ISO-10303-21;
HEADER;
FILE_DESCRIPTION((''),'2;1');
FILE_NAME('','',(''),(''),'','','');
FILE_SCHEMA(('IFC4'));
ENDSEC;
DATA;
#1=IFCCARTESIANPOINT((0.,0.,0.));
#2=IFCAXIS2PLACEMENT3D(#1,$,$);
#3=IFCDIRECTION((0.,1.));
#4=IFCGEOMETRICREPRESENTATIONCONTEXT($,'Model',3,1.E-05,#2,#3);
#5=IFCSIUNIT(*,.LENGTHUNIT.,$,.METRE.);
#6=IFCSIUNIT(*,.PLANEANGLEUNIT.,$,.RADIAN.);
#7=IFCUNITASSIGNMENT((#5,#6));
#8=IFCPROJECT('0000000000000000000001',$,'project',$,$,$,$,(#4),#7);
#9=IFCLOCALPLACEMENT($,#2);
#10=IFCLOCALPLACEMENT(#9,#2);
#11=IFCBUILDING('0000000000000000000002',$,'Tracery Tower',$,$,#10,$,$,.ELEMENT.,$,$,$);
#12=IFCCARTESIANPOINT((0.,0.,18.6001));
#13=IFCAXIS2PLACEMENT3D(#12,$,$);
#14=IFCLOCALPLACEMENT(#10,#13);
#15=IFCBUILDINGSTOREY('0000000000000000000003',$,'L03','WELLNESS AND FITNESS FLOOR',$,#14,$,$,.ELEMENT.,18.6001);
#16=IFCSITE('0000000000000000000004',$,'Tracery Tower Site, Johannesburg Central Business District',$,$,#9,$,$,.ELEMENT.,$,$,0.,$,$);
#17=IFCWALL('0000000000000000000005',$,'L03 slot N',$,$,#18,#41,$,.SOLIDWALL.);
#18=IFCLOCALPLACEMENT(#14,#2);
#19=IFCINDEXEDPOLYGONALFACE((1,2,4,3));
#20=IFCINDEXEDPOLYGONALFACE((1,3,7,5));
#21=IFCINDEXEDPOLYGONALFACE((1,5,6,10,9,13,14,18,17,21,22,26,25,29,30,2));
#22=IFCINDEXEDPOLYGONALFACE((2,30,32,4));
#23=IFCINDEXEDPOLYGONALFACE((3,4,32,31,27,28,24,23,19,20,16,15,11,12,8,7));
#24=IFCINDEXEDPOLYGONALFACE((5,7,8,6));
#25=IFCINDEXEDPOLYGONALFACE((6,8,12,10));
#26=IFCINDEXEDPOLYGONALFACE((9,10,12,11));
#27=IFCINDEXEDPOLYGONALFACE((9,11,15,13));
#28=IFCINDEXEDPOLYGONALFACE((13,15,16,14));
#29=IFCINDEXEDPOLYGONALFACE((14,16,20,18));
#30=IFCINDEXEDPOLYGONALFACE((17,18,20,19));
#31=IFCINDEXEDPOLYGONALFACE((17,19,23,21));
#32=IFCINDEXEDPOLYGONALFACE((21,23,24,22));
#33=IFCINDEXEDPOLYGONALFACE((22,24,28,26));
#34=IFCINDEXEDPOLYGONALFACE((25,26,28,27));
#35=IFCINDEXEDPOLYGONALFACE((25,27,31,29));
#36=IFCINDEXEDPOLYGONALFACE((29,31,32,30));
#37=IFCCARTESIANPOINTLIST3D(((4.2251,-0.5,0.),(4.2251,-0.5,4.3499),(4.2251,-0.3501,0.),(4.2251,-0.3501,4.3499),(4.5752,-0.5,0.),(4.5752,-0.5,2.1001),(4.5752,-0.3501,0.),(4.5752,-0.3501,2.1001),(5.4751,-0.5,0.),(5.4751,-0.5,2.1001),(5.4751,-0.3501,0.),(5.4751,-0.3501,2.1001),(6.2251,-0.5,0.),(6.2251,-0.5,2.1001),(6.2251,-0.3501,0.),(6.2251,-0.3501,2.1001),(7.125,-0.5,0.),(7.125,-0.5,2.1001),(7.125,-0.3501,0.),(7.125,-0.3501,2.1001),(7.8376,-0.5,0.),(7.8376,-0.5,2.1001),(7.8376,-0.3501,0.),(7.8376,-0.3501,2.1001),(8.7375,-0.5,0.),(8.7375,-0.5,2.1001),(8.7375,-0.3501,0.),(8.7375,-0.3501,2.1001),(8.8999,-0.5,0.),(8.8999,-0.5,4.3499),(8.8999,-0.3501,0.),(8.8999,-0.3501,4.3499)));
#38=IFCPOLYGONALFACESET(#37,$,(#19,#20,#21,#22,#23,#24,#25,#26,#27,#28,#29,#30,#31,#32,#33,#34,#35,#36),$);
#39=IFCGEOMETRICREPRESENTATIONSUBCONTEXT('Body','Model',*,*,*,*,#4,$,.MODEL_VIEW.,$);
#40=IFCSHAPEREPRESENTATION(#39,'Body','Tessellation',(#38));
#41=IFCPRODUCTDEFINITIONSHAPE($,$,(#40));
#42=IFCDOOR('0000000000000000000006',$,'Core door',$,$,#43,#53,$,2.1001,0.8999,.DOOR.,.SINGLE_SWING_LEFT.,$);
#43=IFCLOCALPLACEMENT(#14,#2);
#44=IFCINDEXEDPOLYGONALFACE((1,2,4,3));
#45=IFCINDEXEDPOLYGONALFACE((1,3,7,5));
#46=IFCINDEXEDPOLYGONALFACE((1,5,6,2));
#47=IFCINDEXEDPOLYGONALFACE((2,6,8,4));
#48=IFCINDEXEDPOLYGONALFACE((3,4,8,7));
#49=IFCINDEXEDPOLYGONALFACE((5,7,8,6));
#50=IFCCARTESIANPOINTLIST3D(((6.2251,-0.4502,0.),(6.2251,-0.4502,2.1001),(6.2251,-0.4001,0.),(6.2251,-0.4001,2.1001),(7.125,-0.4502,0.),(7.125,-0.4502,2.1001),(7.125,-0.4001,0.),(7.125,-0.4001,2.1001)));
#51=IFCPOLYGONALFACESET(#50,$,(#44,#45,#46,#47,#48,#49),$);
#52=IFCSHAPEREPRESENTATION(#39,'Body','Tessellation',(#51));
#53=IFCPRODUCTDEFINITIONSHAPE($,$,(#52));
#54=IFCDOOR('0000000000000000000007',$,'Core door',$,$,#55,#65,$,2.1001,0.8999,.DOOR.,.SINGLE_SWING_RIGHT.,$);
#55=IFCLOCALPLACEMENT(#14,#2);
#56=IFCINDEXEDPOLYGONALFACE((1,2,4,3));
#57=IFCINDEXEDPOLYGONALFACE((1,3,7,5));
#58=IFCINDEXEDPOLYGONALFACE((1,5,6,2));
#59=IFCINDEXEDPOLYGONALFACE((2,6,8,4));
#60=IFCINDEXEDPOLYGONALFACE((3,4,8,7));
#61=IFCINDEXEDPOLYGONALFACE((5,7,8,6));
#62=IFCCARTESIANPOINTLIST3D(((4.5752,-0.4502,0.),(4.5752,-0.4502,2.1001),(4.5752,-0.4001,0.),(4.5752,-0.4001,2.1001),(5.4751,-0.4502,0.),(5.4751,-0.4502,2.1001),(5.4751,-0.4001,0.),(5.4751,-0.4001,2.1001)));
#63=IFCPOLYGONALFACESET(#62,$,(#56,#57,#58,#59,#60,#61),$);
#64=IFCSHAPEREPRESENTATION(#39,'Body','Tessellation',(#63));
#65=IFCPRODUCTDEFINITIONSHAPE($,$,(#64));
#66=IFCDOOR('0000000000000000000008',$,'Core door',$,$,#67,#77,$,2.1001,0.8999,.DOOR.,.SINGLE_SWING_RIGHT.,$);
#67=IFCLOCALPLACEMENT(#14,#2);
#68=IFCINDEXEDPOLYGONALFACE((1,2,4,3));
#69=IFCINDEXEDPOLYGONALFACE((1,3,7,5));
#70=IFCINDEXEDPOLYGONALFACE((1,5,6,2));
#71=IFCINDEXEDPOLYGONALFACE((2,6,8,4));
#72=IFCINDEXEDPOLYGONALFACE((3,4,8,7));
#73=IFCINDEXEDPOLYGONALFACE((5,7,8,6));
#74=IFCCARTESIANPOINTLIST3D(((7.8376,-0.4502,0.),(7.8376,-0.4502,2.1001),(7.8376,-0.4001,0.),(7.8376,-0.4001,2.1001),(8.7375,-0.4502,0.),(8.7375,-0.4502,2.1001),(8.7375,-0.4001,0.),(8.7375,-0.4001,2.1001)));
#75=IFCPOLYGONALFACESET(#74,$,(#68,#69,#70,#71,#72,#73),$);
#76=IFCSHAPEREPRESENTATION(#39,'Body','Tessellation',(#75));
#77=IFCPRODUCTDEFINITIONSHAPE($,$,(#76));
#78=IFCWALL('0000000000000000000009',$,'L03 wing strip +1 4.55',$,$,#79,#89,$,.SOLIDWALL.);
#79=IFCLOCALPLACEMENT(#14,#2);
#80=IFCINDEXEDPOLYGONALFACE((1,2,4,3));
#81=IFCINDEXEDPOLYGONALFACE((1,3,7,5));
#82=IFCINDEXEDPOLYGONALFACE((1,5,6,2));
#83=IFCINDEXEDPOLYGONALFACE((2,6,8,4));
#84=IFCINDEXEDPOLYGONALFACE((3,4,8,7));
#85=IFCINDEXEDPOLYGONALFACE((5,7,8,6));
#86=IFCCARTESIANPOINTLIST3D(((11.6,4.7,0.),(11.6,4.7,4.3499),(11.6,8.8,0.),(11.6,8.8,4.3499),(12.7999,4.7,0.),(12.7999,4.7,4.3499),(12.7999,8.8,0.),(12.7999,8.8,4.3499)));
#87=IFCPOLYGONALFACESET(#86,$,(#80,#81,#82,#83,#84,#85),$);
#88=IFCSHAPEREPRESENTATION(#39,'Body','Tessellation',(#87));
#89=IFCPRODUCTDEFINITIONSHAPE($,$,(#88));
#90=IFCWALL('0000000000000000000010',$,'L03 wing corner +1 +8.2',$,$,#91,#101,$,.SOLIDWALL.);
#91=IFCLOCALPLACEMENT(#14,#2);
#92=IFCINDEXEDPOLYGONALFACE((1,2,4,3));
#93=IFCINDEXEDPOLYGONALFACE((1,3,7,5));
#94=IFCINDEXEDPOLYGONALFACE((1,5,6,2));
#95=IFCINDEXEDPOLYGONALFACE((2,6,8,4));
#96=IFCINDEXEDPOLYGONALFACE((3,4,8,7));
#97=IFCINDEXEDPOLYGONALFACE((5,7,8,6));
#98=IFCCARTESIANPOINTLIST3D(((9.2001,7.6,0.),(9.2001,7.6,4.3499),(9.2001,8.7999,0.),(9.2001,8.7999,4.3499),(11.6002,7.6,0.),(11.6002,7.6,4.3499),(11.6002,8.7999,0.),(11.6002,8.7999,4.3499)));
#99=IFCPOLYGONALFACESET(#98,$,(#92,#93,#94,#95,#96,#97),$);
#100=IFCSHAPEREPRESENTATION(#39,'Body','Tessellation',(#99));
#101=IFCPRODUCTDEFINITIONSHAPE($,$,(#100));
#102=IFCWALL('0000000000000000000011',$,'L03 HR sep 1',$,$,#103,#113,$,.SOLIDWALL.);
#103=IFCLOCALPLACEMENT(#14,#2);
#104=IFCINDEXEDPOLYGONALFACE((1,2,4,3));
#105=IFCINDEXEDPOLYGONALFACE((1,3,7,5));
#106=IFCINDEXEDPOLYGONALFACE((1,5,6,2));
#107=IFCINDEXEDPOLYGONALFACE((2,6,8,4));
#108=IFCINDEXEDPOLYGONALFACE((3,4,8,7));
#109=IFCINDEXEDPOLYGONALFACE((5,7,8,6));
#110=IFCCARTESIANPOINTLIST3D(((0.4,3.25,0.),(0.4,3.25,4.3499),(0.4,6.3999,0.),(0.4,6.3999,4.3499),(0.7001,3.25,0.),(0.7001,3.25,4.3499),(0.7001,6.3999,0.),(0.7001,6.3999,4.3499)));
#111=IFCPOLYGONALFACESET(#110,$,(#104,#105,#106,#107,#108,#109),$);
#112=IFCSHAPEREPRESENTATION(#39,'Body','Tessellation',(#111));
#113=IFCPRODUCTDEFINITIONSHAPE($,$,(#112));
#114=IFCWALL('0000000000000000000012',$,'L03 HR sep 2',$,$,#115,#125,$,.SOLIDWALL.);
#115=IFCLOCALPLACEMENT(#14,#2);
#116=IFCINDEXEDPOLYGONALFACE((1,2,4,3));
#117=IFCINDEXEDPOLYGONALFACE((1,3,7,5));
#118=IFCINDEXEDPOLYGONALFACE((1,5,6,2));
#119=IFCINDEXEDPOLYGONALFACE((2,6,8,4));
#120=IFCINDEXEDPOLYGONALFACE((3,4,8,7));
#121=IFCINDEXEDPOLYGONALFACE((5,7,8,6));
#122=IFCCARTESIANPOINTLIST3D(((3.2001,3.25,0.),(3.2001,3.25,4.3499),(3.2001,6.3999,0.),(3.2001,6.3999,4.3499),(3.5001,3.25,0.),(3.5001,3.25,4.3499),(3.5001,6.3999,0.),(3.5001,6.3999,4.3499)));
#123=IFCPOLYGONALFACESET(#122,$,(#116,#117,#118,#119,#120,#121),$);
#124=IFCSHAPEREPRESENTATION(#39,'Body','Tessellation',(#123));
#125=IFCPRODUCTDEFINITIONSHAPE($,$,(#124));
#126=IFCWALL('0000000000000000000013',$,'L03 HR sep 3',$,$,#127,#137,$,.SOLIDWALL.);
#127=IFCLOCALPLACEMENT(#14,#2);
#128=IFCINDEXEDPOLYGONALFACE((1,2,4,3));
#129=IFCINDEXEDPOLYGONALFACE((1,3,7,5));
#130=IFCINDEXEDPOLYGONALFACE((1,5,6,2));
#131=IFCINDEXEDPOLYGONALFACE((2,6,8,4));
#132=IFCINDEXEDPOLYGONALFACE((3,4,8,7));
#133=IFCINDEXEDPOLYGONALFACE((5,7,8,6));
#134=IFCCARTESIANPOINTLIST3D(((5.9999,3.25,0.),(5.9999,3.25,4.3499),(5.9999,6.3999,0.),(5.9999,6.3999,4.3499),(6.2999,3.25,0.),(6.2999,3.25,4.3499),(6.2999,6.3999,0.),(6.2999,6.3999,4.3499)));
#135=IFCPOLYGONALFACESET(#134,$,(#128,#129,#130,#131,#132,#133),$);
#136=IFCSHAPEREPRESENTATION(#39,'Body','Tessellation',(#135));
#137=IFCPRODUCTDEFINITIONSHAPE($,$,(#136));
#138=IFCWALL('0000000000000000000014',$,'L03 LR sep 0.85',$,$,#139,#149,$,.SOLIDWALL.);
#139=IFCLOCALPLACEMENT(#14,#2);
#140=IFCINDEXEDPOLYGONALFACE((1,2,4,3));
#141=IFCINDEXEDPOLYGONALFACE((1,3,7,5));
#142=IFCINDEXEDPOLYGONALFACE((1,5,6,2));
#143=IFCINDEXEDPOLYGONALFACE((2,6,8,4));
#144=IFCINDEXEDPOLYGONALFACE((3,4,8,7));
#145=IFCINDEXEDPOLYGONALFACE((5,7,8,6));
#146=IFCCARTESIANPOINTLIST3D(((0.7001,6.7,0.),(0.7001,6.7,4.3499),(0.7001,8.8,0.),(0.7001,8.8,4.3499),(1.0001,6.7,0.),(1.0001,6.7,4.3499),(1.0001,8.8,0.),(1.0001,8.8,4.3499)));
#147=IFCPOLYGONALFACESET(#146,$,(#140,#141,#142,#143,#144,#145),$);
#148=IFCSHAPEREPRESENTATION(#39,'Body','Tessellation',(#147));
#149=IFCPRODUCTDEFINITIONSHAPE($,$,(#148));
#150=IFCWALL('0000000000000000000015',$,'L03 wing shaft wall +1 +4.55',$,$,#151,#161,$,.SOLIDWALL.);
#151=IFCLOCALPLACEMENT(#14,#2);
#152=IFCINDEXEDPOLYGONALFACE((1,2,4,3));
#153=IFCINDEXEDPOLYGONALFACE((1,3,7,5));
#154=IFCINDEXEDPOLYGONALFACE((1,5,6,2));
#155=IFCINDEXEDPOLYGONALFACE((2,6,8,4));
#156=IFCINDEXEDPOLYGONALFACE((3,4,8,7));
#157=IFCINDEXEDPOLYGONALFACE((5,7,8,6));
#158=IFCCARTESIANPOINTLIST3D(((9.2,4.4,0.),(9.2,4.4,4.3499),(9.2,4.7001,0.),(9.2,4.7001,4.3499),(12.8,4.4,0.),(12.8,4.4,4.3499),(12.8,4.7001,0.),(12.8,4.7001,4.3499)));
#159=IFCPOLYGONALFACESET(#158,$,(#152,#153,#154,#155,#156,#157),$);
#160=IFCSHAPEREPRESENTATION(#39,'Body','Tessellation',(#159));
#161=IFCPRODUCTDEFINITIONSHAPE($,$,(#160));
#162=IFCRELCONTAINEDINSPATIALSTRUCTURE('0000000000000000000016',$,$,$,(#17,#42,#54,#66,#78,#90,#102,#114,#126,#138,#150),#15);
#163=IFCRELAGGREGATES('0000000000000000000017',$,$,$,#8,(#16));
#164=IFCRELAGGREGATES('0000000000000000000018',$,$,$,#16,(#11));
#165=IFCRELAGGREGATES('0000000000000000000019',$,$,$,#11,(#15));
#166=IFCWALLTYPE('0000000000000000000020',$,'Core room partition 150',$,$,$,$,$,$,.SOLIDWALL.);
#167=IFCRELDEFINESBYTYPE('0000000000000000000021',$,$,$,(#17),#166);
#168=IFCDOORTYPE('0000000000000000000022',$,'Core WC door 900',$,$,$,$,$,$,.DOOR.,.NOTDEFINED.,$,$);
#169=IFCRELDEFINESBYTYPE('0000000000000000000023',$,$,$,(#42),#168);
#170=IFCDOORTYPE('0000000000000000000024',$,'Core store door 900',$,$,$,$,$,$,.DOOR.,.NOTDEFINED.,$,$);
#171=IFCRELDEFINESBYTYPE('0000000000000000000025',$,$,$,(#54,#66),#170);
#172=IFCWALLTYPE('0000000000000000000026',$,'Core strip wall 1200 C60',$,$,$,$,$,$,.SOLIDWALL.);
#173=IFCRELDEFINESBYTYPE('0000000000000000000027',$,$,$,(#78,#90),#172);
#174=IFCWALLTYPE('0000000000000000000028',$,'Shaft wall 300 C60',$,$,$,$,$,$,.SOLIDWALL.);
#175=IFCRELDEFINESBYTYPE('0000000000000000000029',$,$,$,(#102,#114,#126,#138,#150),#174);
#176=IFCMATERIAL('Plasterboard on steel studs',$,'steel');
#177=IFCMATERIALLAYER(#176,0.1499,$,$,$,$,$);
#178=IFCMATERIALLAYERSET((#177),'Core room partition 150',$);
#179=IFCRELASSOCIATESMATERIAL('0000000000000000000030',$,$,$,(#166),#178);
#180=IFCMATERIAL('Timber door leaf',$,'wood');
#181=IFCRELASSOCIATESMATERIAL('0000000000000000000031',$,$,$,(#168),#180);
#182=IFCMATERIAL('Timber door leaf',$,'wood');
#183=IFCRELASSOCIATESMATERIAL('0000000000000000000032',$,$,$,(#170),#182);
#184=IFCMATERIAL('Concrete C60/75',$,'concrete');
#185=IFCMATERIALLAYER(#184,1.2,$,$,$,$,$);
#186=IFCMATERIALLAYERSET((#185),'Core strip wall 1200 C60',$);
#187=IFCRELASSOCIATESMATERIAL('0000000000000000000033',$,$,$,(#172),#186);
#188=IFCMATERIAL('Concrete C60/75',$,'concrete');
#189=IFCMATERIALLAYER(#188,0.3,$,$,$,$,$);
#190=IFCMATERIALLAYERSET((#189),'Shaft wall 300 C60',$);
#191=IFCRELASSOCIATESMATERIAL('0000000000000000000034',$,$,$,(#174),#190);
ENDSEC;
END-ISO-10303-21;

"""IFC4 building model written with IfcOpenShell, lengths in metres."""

from ifc_helpers import new_model, si_unit, direction, frame, frame_2d, origin, place, context, subcontext, project, spatial, rectangle, extrude, material, layer, layer_set, type_object, element, fill, save


model = new_model("IFC4")

# Units and contexts
model_context = context("Model", 3, precision=1e-05, world=origin(), true_north=direction((0.0, 1.0)))
body_context = subcontext(model_context, "Body", "Model", "MODEL_VIEW")
ifc_project = project(units=[si_unit("LENGTHUNIT", "METRE"), si_unit("PLANEANGLEUNIT", "RADIAN")], contexts=[model_context])

# Site, building, storey
site_placement = place(None, origin())
site = spatial("IfcSite", under=ifc_project, at=site_placement, Name="Tracery Tower Site, Johannesburg Central Business District", CompositionType="ELEMENT", RefElevation=0.0)
building_placement = place(site_placement, origin())
building = spatial("IfcBuilding", under=site, at=building_placement, Name="Tracery Tower", CompositionType="ELEMENT")
storey_placement = place(building_placement, frame((0.0, 0.0, 18.6001)))
storey = spatial("IfcBuildingStorey", under=building, at=storey_placement, Name="L03", Description="WELLNESS AND FITNESS FLOOR", CompositionType="ELEMENT", Elevation=18.6001)

# Wall, openings, doors
ifc_material_1 = material(Name="Plasterboard on steel studs", Category="steel")
ifc_layer_1 = layer(ifc_material_1, 0.1499)
ifc_layer_set_1 = layer_set([ifc_layer_1], Name="Core room partition 150")
wall_type_1 = type_object("IfcWallType", Name="Core room partition 150", PredefinedType="SOLIDWALL", material=ifc_layer_set_1)
wall_1_placement = place(storey_placement, frame((4.2251, -0.425, 0.0), z_axis=(0.0, 0.0, 1.0), x_axis=(1.0, 0.0, 0.0)))
wall_1 = element("IfcWall", 1, at=wall_1_placement, inside=storey, type_object=wall_type_1, Name="L03 slot N", PredefinedType="SOLIDWALL", context=body_context, shape_type="SweptSolid", body=[
    extrude(rectangle(XDim=4.6748, YDim=0.1499, at=frame_2d((2.3374, 0.0))), origin(), (0.0, 0.0, 1.0), 4.3499),
])
opening_1_placement = place(wall_1_placement, frame((0.3501, 0.0, 0.0)))
opening_1 = element("IfcOpeningElement", 2, at=opening_1_placement, cuts=wall_1, PredefinedType="OPENING", context=body_context, shape_type="SweptSolid", body=[
    extrude(rectangle(XDim=0.8999, YDim=2.1001, at=frame_2d((0.45, 1.05))), frame((0.0, 0.075, 0.0), z_axis=(0.0, -1.0, 0.0), x_axis=(1.0, 0.0, 0.0)), (0.0, 0.0, 1.0), 0.1499),
])
opening_2_placement = place(wall_1_placement, frame((2.0, 0.0, 0.0)))
opening_2 = element("IfcOpeningElement", 3, at=opening_2_placement, cuts=wall_1, PredefinedType="OPENING", context=body_context, shape_type="SweptSolid", body=[
    extrude(rectangle(XDim=0.8999, YDim=2.1001, at=frame_2d((0.45, 1.05))), frame((0.0, 0.075, 0.0), z_axis=(0.0, -1.0, 0.0), x_axis=(1.0, 0.0, 0.0)), (0.0, 0.0, 1.0), 0.1499),
])
opening_3_placement = place(wall_1_placement, frame((3.6125, 0.0, 0.0)))
opening_3 = element("IfcOpeningElement", 4, at=opening_3_placement, cuts=wall_1, PredefinedType="OPENING", context=body_context, shape_type="SweptSolid", body=[
    extrude(rectangle(XDim=0.8999, YDim=2.1001, at=frame_2d((0.45, 1.05))), frame((0.0, 0.075, 0.0), z_axis=(0.0, -1.0, 0.0), x_axis=(1.0, 0.0, 0.0)), (0.0, 0.0, 1.0), 0.1499),
])
ifc_material_2 = material(Name="Timber door leaf", Category="wood")
door_type_1 = type_object("IfcDoorType", Name="Core WC door 900", OperationType="NOTDEFINED", PredefinedType="DOOR", material=ifc_material_2)
door_1_placement = place(opening_2_placement, origin())
door_1 = element("IfcDoor", 5, at=door_1_placement, inside=storey, type_object=door_type_1, Name="Core door", OperationType="SINGLE_SWING_LEFT", OverallHeight=2.1001, OverallWidth=0.8999, PredefinedType="DOOR", context=body_context, shape_type="SweptSolid", body=[
    extrude(rectangle(XDim=0.8999, YDim=2.1001, at=frame_2d((0.45, 1.05))), frame((0.0, 0.0249, 0.0), z_axis=(0.0, -1.0, 0.0), x_axis=(1.0, 0.0, 0.0)), (0.0, 0.0, 1.0), 0.05),
])
fill(opening_2, door_1)
ifc_material_3 = material(Name="Timber door leaf", Category="wood")
door_type_2 = type_object("IfcDoorType", Name="Core store door 900", OperationType="NOTDEFINED", PredefinedType="DOOR", material=ifc_material_3)
door_2_placement = place(opening_1_placement, origin())
door_2 = element("IfcDoor", 6, at=door_2_placement, inside=storey, type_object=door_type_2, Name="Core door", OperationType="SINGLE_SWING_RIGHT", OverallHeight=2.1001, OverallWidth=0.8999, PredefinedType="DOOR", context=body_context, shape_type="SweptSolid", body=[
    extrude(rectangle(XDim=0.8999, YDim=2.1001, at=frame_2d((0.45, 1.05))), frame((0.0, 0.0249, 0.0), z_axis=(0.0, -1.0, 0.0), x_axis=(1.0, 0.0, 0.0)), (0.0, 0.0, 1.0), 0.05),
])
fill(opening_1, door_2)
door_3_placement = place(opening_3_placement, origin())
door_3 = element("IfcDoor", 7, at=door_3_placement, inside=storey, type_object=door_type_2, Name="Core door", OperationType="SINGLE_SWING_RIGHT", OverallHeight=2.1001, OverallWidth=0.8999, PredefinedType="DOOR", context=body_context, shape_type="SweptSolid", body=[
    extrude(rectangle(XDim=0.8999, YDim=2.1001, at=frame_2d((0.45, 1.05))), frame((0.0, 0.0249, 0.0), z_axis=(0.0, -1.0, 0.0), x_axis=(1.0, 0.0, 0.0)), (0.0, 0.0, 1.0), 0.05),
])
fill(opening_3, door_3)

# Walls
ifc_material_4 = material(Name="Concrete C60/75", Category="concrete")
ifc_layer_2 = layer(ifc_material_4, 1.2)
ifc_layer_set_2 = layer_set([ifc_layer_2], Name="Core strip wall 1200 C60")
wall_type_2 = type_object("IfcWallType", Name="Core strip wall 1200 C60", PredefinedType="SOLIDWALL", material=ifc_layer_set_2)
wall_2_placement = place(storey_placement, frame((12.2, 4.7, 0.0), z_axis=(0.0, 0.0, 1.0), x_axis=(0.0, 1.0, 0.0)))
element("IfcWall", 8, at=wall_2_placement, inside=storey, type_object=wall_type_2, Name="L03 wing strip +1 4.55", PredefinedType="SOLIDWALL", context=body_context, shape_type="SweptSolid", body=[
    extrude(rectangle(XDim=4.1001, YDim=1.2, at=frame_2d((2.05, 0.0))), origin(), (0.0, 0.0, 1.0), 4.3499),
])
wall_3_placement = place(storey_placement, frame((9.2, 8.2, 0.0), z_axis=(0.0, 0.0, 1.0), x_axis=(1.0, 0.0, 0.0)))
element("IfcWall", 9, at=wall_3_placement, inside=storey, type_object=wall_type_2, Name="L03 wing corner +1 +8.2", PredefinedType="SOLIDWALL", context=body_context, shape_type="SweptSolid", body=[
    extrude(rectangle(XDim=2.4001, YDim=1.2, at=frame_2d((1.2002, 0.0))), origin(), (0.0, 0.0, 1.0), 4.3499),
])
ifc_material_5 = material(Name="Concrete C60/75", Category="concrete")
ifc_layer_3 = layer(ifc_material_5, 0.3)
ifc_layer_set_3 = layer_set([ifc_layer_3], Name="Shaft wall 300 C60")
wall_type_3 = type_object("IfcWallType", Name="Shaft wall 300 C60", PredefinedType="SOLIDWALL", material=ifc_layer_set_3)
for number, where, z_axis, x_axis, name in (
    (10, (0.55, 3.25, 0.0), (0.0, 0.0, 1.0), (0.0, 1.0, 0.0), "L03 HR sep 1"),
    (11, (3.3501, 3.25, 0.0), (0.0, 0.0, 1.0), (0.0, 1.0, 0.0), "L03 HR sep 2"),
    (12, (6.1499, 3.25, 0.0), (0.0, 0.0, 1.0), (0.0, 1.0, 0.0), "L03 HR sep 3"),
):
    element("IfcWall", number, at=place(storey_placement, frame(where, z_axis=z_axis, x_axis=x_axis)), inside=storey, type_object=wall_type_3, Name=name, PredefinedType="SOLIDWALL", context=body_context, shape_type="SweptSolid", body=[
        extrude(rectangle(XDim=3.1499, YDim=0.3, at=frame_2d((1.575, 0.0))), origin(), (0.0, 0.0, 1.0), 4.3499),
    ])
wall_4_placement = place(storey_placement, frame((0.8501, 6.7, 0.0), z_axis=(0.0, 0.0, 1.0), x_axis=(0.0, 1.0, 0.0)))
element("IfcWall", 13, at=wall_4_placement, inside=storey, type_object=wall_type_3, Name="L03 LR sep 0.85", PredefinedType="SOLIDWALL", context=body_context, shape_type="SweptSolid", body=[
    extrude(rectangle(XDim=2.1001, YDim=0.3, at=frame_2d((1.05, 0.0))), origin(), (0.0, 0.0, 1.0), 4.3499),
])
wall_5_placement = place(storey_placement, frame((9.2, 4.55, 0.0), z_axis=(0.0, 0.0, 1.0), x_axis=(1.0, 0.0, 0.0)))
element("IfcWall", 14, at=wall_5_placement, inside=storey, type_object=wall_type_3, Name="L03 wing shaft wall +1 +4.55", PredefinedType="SOLIDWALL", context=body_context, shape_type="SweptSolid", body=[
    extrude(rectangle(XDim=3.6001, YDim=0.3, at=frame_2d((1.8, 0.0))), origin(), (0.0, 0.0, 1.0), 4.3499),
])

save(model, "model.ifc")
